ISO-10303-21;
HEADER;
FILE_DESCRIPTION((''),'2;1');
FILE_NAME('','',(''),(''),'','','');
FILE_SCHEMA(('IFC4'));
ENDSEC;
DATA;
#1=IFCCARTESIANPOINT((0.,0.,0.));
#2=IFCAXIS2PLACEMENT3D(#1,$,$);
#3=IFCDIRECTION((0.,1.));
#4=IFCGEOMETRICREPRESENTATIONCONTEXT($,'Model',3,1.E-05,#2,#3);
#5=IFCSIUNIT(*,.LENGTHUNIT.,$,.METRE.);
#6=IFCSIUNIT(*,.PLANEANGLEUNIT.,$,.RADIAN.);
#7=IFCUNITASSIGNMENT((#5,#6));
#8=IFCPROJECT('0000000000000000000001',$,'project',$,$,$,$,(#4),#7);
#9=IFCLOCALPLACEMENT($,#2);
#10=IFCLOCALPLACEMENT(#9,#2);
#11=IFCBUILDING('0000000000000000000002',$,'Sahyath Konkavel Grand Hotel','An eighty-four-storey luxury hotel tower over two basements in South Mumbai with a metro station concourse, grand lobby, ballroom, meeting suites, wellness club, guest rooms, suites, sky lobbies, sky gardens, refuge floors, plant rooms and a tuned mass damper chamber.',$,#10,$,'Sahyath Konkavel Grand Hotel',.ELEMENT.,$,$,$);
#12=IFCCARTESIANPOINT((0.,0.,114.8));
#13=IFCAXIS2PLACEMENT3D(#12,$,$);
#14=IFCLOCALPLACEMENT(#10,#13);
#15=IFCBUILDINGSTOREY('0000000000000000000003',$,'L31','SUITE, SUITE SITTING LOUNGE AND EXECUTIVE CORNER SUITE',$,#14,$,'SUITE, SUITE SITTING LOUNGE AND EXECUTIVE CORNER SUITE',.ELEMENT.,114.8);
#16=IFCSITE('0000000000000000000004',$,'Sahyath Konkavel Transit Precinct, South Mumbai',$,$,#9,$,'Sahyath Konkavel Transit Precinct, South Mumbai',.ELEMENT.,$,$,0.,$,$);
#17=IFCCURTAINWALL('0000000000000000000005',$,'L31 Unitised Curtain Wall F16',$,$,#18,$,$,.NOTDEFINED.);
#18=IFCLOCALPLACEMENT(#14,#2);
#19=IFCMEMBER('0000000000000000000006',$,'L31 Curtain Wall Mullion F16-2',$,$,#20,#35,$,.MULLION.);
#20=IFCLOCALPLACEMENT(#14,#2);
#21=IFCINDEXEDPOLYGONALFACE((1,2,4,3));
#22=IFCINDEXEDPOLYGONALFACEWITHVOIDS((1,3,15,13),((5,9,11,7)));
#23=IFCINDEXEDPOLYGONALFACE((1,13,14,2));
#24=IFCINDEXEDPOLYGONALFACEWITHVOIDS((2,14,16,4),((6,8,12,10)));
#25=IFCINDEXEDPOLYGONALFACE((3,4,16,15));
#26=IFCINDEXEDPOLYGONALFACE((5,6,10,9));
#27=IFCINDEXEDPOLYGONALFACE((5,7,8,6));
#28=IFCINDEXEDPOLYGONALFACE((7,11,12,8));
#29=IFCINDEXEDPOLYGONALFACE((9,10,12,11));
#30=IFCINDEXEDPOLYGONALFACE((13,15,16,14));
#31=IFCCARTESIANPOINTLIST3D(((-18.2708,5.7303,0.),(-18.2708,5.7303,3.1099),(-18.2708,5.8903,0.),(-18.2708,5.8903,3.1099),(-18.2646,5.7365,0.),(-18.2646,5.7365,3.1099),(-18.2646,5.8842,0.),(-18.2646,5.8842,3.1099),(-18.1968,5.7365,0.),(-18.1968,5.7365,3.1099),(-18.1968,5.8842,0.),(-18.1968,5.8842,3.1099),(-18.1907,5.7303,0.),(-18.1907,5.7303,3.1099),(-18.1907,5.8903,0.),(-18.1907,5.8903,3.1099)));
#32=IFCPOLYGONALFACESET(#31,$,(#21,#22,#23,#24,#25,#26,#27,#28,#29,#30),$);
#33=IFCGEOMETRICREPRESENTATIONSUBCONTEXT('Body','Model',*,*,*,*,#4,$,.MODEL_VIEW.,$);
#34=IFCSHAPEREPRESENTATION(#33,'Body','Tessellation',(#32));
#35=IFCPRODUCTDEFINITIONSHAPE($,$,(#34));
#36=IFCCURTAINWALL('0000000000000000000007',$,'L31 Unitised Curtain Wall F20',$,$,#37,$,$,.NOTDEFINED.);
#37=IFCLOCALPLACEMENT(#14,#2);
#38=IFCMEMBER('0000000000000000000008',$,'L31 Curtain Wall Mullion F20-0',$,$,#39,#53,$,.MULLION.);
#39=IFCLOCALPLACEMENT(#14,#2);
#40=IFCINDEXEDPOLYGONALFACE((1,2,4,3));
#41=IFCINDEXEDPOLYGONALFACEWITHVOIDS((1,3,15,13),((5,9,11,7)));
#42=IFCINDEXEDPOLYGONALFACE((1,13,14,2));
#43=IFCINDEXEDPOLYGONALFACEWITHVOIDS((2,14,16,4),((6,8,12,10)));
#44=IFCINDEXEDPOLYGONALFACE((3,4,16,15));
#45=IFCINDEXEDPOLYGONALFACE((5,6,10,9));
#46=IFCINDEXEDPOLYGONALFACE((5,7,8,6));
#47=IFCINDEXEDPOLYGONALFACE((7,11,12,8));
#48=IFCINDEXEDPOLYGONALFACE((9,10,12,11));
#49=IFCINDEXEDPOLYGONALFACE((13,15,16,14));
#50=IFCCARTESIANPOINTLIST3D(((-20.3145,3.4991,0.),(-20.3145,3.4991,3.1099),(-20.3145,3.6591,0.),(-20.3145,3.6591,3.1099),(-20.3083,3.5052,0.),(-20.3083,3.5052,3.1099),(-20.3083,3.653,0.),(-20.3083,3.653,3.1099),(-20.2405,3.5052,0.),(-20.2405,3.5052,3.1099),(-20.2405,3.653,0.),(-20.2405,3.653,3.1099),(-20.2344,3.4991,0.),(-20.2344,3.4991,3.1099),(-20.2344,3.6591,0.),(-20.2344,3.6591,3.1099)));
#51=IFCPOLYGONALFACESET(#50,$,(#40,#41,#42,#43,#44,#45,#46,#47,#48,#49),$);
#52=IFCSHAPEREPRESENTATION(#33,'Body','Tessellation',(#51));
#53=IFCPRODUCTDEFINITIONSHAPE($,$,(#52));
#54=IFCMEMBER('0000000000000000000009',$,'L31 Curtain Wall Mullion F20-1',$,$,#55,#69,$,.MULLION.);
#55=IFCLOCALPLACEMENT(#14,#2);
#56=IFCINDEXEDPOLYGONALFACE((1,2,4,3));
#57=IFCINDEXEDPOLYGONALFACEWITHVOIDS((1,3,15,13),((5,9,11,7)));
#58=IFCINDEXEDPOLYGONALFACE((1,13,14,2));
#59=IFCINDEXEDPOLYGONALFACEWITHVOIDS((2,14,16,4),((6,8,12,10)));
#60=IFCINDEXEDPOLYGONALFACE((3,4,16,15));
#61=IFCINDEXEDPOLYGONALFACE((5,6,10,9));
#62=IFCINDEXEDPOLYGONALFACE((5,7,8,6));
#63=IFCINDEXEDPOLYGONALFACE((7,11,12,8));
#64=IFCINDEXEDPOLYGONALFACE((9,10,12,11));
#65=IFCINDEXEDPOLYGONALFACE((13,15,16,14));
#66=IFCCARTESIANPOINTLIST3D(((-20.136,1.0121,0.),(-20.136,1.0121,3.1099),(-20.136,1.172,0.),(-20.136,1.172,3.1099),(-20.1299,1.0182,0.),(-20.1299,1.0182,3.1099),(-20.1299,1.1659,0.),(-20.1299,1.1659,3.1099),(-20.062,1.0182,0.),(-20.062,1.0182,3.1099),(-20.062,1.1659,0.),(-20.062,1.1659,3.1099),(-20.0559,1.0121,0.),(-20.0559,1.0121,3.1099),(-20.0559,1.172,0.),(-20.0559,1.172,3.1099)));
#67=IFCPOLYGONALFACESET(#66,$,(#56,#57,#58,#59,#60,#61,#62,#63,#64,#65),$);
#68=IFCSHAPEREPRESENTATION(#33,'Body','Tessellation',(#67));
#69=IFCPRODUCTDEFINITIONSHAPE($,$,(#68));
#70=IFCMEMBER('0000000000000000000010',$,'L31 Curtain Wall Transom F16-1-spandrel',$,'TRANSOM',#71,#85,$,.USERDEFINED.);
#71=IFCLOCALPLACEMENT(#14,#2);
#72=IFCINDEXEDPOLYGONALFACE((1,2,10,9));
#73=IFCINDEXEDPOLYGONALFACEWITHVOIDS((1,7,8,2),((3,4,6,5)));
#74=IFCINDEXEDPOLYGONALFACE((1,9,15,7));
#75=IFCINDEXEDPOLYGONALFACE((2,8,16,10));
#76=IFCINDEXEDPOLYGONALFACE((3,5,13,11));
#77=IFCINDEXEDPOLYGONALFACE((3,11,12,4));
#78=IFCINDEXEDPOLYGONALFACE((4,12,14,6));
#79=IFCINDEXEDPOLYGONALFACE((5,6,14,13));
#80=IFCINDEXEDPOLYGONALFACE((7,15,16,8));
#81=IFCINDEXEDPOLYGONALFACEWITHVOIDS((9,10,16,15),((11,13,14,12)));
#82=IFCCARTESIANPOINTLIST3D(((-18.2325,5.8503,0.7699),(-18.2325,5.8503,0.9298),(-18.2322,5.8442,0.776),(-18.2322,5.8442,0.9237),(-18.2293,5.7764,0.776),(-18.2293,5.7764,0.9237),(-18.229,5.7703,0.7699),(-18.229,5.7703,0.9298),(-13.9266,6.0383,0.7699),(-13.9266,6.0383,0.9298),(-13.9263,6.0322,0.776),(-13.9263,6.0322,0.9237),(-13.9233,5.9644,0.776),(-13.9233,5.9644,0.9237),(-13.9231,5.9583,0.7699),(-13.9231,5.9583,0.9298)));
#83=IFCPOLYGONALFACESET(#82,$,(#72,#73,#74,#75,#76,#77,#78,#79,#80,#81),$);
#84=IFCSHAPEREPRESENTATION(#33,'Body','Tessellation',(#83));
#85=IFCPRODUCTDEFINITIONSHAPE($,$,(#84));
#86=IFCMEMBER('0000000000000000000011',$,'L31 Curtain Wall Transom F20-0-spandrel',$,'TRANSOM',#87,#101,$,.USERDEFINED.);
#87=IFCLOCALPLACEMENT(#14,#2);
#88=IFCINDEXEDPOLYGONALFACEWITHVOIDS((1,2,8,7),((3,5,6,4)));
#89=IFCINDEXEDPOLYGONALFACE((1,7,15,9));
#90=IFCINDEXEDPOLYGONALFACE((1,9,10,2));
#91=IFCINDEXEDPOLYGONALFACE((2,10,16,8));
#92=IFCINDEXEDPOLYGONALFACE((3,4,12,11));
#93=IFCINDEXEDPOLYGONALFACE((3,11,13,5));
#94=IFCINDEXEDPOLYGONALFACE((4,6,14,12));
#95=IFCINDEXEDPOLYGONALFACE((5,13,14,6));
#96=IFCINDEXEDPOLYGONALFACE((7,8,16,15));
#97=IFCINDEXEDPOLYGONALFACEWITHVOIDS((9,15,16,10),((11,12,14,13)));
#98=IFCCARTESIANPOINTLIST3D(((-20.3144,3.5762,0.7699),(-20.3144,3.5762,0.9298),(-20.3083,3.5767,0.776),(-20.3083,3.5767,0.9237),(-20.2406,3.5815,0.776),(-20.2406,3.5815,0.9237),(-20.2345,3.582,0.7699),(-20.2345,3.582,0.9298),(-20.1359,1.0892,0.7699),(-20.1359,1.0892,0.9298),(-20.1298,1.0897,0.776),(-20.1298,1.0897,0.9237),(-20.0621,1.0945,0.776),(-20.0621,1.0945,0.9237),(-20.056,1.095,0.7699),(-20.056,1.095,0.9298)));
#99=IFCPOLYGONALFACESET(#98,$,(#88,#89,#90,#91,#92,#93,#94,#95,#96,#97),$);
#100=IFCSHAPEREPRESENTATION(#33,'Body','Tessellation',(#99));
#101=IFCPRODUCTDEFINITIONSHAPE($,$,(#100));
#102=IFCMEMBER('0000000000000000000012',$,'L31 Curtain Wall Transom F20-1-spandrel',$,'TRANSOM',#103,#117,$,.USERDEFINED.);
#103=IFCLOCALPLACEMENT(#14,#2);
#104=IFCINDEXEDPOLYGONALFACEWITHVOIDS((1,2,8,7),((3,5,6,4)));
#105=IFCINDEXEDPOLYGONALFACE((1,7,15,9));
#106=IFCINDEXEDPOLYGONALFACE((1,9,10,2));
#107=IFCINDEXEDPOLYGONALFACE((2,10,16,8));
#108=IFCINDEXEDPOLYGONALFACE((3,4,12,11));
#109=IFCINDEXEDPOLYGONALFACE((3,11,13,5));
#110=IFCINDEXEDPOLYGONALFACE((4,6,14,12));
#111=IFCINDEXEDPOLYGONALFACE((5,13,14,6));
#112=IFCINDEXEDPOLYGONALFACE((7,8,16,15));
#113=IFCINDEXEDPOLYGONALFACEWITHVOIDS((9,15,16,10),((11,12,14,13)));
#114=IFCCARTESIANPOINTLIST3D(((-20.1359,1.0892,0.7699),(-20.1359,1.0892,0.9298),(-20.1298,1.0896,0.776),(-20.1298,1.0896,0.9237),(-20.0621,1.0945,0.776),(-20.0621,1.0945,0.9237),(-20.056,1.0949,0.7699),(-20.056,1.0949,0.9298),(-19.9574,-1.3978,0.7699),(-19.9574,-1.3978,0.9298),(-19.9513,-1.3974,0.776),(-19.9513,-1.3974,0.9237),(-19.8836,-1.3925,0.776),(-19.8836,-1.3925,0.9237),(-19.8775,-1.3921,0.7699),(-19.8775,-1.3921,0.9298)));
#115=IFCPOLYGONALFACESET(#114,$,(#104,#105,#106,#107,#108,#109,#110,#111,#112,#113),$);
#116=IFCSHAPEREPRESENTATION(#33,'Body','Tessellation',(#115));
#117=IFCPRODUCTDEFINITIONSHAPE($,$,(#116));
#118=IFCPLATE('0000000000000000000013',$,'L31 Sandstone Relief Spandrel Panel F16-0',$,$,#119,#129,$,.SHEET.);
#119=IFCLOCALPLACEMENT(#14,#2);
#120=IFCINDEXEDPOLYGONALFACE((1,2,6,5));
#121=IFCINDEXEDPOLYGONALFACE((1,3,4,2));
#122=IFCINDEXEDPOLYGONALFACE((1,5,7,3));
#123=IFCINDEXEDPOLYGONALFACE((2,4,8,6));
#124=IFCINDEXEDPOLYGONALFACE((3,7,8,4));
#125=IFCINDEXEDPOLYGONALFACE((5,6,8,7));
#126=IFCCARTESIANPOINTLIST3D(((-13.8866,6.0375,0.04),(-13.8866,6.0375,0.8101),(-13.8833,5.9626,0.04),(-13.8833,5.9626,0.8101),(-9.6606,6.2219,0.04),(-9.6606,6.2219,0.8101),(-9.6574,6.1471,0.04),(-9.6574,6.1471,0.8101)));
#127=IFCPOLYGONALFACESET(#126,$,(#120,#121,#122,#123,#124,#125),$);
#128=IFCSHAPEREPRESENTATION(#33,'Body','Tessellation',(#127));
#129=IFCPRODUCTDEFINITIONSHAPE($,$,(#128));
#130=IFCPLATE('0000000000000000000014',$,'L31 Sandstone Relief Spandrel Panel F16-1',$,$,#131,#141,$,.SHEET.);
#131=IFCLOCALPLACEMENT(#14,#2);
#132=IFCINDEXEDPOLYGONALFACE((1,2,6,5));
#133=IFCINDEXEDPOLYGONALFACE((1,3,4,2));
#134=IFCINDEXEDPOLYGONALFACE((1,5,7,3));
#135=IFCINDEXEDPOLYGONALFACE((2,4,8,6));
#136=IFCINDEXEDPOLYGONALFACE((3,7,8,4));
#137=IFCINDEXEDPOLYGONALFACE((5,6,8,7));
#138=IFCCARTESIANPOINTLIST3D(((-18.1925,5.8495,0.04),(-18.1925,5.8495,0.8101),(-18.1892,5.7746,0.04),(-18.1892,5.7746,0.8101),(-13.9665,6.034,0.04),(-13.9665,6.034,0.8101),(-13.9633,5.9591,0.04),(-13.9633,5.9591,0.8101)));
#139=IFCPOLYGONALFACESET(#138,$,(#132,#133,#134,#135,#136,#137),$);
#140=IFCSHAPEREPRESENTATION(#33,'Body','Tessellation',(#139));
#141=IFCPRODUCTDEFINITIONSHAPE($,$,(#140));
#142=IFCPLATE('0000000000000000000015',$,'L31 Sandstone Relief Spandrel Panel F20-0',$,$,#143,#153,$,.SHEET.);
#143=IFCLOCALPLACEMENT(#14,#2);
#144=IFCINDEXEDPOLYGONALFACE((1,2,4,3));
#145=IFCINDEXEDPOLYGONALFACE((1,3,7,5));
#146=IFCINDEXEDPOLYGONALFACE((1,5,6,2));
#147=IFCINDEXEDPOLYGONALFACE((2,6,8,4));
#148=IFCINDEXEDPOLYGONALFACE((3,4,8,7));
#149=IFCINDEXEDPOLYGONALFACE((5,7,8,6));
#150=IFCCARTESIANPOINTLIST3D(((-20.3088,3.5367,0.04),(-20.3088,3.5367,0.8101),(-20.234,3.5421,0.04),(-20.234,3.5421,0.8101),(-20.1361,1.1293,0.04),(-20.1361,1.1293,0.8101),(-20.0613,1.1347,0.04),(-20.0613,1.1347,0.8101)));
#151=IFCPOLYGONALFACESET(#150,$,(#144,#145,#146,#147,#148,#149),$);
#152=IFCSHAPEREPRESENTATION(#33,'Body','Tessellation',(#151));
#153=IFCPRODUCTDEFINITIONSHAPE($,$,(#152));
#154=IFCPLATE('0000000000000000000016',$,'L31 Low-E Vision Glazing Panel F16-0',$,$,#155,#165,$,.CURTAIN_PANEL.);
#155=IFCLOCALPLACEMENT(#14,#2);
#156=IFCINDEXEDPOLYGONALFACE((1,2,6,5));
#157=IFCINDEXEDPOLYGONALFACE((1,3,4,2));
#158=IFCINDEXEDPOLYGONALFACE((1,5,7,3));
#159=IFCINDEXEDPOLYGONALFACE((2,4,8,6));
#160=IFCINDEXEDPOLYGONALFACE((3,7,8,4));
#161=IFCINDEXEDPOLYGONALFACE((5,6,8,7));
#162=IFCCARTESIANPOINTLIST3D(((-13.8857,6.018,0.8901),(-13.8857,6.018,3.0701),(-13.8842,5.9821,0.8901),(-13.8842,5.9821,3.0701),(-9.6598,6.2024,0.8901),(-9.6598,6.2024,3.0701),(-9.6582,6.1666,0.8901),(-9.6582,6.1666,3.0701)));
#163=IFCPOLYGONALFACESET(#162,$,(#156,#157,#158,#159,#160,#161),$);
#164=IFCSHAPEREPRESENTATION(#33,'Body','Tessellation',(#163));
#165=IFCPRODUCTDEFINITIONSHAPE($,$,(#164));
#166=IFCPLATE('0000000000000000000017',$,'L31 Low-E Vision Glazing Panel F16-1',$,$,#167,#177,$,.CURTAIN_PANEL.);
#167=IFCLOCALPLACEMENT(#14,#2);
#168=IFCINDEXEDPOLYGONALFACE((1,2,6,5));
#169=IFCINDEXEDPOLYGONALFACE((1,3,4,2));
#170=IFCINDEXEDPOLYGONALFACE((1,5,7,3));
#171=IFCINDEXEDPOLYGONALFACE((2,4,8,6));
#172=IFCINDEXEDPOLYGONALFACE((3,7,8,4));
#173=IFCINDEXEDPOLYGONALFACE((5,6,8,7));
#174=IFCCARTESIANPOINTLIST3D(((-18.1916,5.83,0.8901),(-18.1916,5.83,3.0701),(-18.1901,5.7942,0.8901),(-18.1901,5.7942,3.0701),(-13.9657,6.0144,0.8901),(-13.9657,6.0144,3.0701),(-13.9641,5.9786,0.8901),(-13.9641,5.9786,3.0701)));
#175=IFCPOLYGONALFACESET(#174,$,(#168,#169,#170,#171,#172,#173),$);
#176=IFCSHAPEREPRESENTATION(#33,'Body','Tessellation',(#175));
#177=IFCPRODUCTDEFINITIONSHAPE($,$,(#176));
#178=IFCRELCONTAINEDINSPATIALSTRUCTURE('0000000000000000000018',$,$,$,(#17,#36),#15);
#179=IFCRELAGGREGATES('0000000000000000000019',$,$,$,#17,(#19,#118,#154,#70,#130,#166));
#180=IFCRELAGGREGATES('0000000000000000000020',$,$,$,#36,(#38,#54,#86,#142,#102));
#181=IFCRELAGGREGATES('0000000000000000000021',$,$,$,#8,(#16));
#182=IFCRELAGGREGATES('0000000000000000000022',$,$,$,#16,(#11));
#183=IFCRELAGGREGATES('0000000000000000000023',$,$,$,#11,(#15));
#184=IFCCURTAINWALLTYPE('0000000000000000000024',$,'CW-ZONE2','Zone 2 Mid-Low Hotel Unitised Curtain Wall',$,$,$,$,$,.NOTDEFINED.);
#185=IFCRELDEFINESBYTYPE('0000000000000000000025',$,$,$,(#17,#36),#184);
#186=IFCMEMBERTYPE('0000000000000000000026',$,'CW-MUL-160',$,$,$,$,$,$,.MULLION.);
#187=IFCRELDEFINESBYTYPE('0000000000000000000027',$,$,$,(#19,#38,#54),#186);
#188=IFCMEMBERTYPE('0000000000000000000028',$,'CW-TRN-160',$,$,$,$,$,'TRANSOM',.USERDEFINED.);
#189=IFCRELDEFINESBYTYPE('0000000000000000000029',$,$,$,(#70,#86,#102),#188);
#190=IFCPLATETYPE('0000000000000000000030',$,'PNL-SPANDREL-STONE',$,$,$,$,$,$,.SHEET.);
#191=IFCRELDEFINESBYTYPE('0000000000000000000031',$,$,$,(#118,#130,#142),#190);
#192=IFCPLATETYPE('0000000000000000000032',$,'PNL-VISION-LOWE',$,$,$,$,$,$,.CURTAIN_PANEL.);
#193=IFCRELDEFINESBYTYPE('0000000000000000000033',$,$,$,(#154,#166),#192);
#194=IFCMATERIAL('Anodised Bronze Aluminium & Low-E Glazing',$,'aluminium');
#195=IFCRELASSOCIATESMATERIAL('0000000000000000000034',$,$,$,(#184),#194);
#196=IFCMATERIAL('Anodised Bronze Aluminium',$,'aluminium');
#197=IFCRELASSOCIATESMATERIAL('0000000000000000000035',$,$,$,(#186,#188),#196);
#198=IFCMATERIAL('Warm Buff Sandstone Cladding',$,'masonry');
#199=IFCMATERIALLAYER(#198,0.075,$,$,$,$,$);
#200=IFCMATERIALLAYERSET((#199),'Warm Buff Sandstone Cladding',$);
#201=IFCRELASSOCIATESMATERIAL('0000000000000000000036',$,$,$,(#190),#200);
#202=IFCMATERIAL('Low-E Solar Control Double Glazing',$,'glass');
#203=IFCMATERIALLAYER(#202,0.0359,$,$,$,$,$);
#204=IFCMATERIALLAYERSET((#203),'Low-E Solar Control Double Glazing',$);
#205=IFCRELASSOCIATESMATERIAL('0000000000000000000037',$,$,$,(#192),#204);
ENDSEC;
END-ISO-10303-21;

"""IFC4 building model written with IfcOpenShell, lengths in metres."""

from ifc_helpers import new_model, si_unit, direction, frame, origin, origin_2d, place, context, subcontext, project, spatial, rectangle, hollow_rectangle, extrude, source, transform, mapped, material, layer, layer_set, material_profile, profile_set, type_object, element, aggregate, save


model = new_model("IFC4")

# Units and contexts
model_context = context("Model", 3, precision=1e-05, world=origin(), true_north=direction((0.0, 1.0)))
body_context = subcontext(model_context, "Body", "Model", "MODEL_VIEW")
ifc_project = project(units=[si_unit("LENGTHUNIT", "METRE"), si_unit("PLANEANGLEUNIT", "RADIAN")], contexts=[model_context])

# Site, building, storey
site_placement = place(None, origin())
site = spatial("IfcSite", under=ifc_project, at=site_placement, Name="Sahyath Konkavel Transit Precinct, South Mumbai", LongName="Sahyath Konkavel Transit Precinct, South Mumbai", CompositionType="ELEMENT", RefElevation=0.0)
building_placement = place(site_placement, origin())
building = spatial("IfcBuilding", under=site, at=building_placement, Name="Sahyath Konkavel Grand Hotel", Description="An eighty-four-storey luxury hotel tower over two basements in South Mumbai with a metro station concourse, grand lobby, ballroom, meeting suites, wellness club, guest rooms, suites, sky lobbies, sky gardens, refuge floors, plant rooms and a tuned mass damper chamber.", LongName="Sahyath Konkavel Grand Hotel", CompositionType="ELEMENT")
storey_placement = place(building_placement, frame((0.0, 0.0, 114.8)))
storey = spatial("IfcBuildingStorey", under=building, at=storey_placement, Name="L31", Description="SUITE, SUITE SITTING LOUNGE AND EXECUTIVE CORNER SUITE", LongName="SUITE, SUITE SITTING LOUNGE AND EXECUTIVE CORNER SUITE", CompositionType="ELEMENT", Elevation=114.8)

# Curtain walls, members
ifc_material_1 = material(Name="Anodised Bronze Aluminium & Low-E Glazing", Category="aluminium")
curtain_wall_type = type_object("IfcCurtainWallType", Name="CW-ZONE2", Description="Zone 2 Mid-Low Hotel Unitised Curtain Wall", PredefinedType="NOTDEFINED", material=ifc_material_1)
curtain_wall_1_placement = place(storey_placement, origin())
curtain_wall_1 = element("IfcCurtainWall", 1, at=curtain_wall_1_placement, inside=storey, type_object=curtain_wall_type, Name="L31 Unitised Curtain Wall F16", PredefinedType="NOTDEFINED")
ifc_material_2 = material(Name="Anodised Bronze Aluminium", Category="aluminium")
ifc_material_profile_1 = material_profile(ifc_material_2, hollow_rectangle(XDim=0.0801, YDim=0.1599, WallThickness=0.0061, at=origin_2d()), Name="RHS 160x80x6")
ifc_profile_set_1 = profile_set([ifc_material_profile_1], Name="Anodised Bronze Aluminium")
member_type_1 = type_object("IfcMemberType", Name="CW-MUL-160", PredefinedType="MULLION", material=ifc_profile_set_1)
shared_shape_1 = source(origin(), body_context, "Body", "SweptSolid", [
    extrude(hollow_rectangle(XDim=0.0801, YDim=0.1599, WallThickness=0.0061, at=origin_2d()), origin(), (0.0, 0.0, 1.0), 3.1099),
])
member_1_placement = place(storey_placement, frame((-18.2307, 5.8103, 0.0), z_axis=(0.0, 0.0, 1.0), x_axis=(1.0, 0.0, 0.0)))
member_1 = element("IfcMember", 2, at=member_1_placement, type_object=member_type_1, Name="L31 Curtain Wall Mullion F16-2", PredefinedType="MULLION", context=body_context, shape_type="MappedRepresentation", body=[
    mapped(shared_shape_1, transform((0.0, 0.0, 0.0), scale=1.0)),
])
curtain_wall_2_placement = place(storey_placement, origin())
curtain_wall_2 = element("IfcCurtainWall", 3, at=curtain_wall_2_placement, inside=storey, type_object=curtain_wall_type, Name="L31 Unitised Curtain Wall F20", PredefinedType="NOTDEFINED")
member_2_placement = place(storey_placement, frame((-20.2744, 3.5791, 0.0), z_axis=(0.0, 0.0, 1.0), x_axis=(1.0, 0.0, 0.0)))
member_2 = element("IfcMember", 4, at=member_2_placement, type_object=member_type_1, Name="L31 Curtain Wall Mullion F20-0", PredefinedType="MULLION", context=body_context, shape_type="MappedRepresentation", body=[
    mapped(shared_shape_1, transform((0.0, 0.0, 0.0), scale=1.0)),
])
member_3_placement = place(storey_placement, frame((-20.0959, 1.092, 0.0), z_axis=(0.0, 0.0, 1.0), x_axis=(1.0, 0.0, 0.0)))
member_3 = element("IfcMember", 5, at=member_3_placement, type_object=member_type_1, Name="L31 Curtain Wall Mullion F20-1", PredefinedType="MULLION", context=body_context, shape_type="MappedRepresentation", body=[
    mapped(shared_shape_1, transform((0.0, 0.0, 0.0), scale=1.0)),
])

# Members
ifc_material_profile_2 = material_profile(ifc_material_2, hollow_rectangle(XDim=0.0801, YDim=0.1599, WallThickness=0.0061, at=origin_2d()), Name="RHS 160x80x6")
ifc_profile_set_2 = profile_set([ifc_material_profile_2], Name="Anodised Bronze Aluminium")
member_type_2 = type_object("IfcMemberType", Name="CW-TRN-160", ElementType="TRANSOM", PredefinedType="USERDEFINED", material=ifc_profile_set_2)
shared_shape_2 = source(origin(), body_context, "Body", "SweptSolid", [
    extrude(hollow_rectangle(XDim=0.0801, YDim=0.1599, WallThickness=0.0061, at=origin_2d()), origin(), (0.0, 0.0, 1.0), 4.3101),
])
member_4_placement = place(storey_placement, frame((-13.9248, 5.9983, 0.8499), z_axis=(-0.999048, -0.043617, 0.0), x_axis=(0.043617, -0.999048, 0.0)))
member_4 = element("IfcMember", 6, at=member_4_placement, type_object=member_type_2, Name="L31 Curtain Wall Transom F16-1-spandrel", ObjectType="TRANSOM", PredefinedType="USERDEFINED", context=body_context, shape_type="MappedRepresentation", body=[
    mapped(shared_shape_2, transform((0.0, 0.0, 0.0), scale=1.0)),
])
shared_shape_3 = source(origin(), body_context, "Body", "SweptSolid", [
    extrude(hollow_rectangle(XDim=0.0801, YDim=0.1599, WallThickness=0.0061, at=origin_2d()), origin(), (0.0, 0.0, 1.0), 2.4934),
])
member_5_placement = place(storey_placement, frame((-20.2744, 3.5791, 0.8499), z_axis=(0.071574, -0.997435, 0.0), x_axis=(0.997435, 0.071574, 0.0)))
member_5 = element("IfcMember", 7, at=member_5_placement, type_object=member_type_2, Name="L31 Curtain Wall Transom F20-0-spandrel", ObjectType="TRANSOM", PredefinedType="USERDEFINED", context=body_context, shape_type="MappedRepresentation", body=[
    mapped(shared_shape_3, transform((0.0, 0.0, 0.0), scale=1.0)),
])
member_6_placement = place(storey_placement, frame((-20.0959, 1.092, 0.8499), z_axis=(0.071574, -0.997435, 0.0), x_axis=(0.997435, 0.071574, 0.0)))
member_6 = element("IfcMember", 8, at=member_6_placement, type_object=member_type_2, Name="L31 Curtain Wall Transom F20-1-spandrel", ObjectType="TRANSOM", PredefinedType="USERDEFINED", context=body_context, shape_type="MappedRepresentation", body=[
    mapped(shared_shape_3, transform((0.0, 0.0, 0.0), scale=1.0)),
])

# Plates
ifc_material_3 = material(Name="Warm Buff Sandstone Cladding", Category="masonry")
ifc_layer_1 = layer(ifc_material_3, 0.075)
ifc_layer_set_1 = layer_set([ifc_layer_1], Name="Warm Buff Sandstone Cladding")
plate_type_1 = type_object("IfcPlateType", Name="PNL-SPANDREL-STONE", PredefinedType="SHEET", material=ifc_layer_set_1)
shared_shape_4 = source(origin(), body_context, "Body", "SweptSolid", [
    extrude(rectangle(XDim=4.23, YDim=0.075, at=origin_2d()), origin(), (0.0, 0.0, 1.0), 0.77),
])
plate_1_placement = place(storey_placement, frame((-11.772, 6.0923, 0.04), z_axis=(0.0, 0.0, 1.0), x_axis=(-0.999049, -0.043602, 0.0)))
plate_1 = element("IfcPlate", 9, at=plate_1_placement, type_object=plate_type_1, Name="L31 Sandstone Relief Spandrel Panel F16-0", PredefinedType="SHEET", context=body_context, shape_type="MappedRepresentation", body=[
    mapped(shared_shape_4, transform((0.0, 0.0, 0.0), scale=1.0)),
])
plate_2_placement = place(storey_placement, frame((-16.0779, 5.9043, 0.04), z_axis=(0.0, 0.0, 1.0), x_axis=(-0.999049, -0.043602, 0.0)))
plate_2 = element("IfcPlate", 10, at=plate_2_placement, type_object=plate_type_1, Name="L31 Sandstone Relief Spandrel Panel F16-1", PredefinedType="SHEET", context=body_context, shape_type="MappedRepresentation", body=[
    mapped(shared_shape_4, transform((0.0, 0.0, 0.0), scale=1.0)),
])
shared_shape_5 = source(origin(), body_context, "Body", "SweptSolid", [
    extrude(rectangle(XDim=2.4136, YDim=0.075, at=origin_2d()), origin(), (0.0, 0.0, 1.0), 0.77),
])
plate_3_placement = place(storey_placement, frame((-20.1851, 2.3357, 0.04), z_axis=(0.0, 0.0, 1.0), x_axis=(0.071567, -0.997436, 0.0)))
plate_3 = element("IfcPlate", 11, at=plate_3_placement, type_object=plate_type_1, Name="L31 Sandstone Relief Spandrel Panel F20-0", PredefinedType="SHEET", context=body_context, shape_type="MappedRepresentation", body=[
    mapped(shared_shape_5, transform((0.0, 0.0, 0.0), scale=1.0)),
])
ifc_material_4 = material(Name="Low-E Solar Control Double Glazing", Category="glass")
ifc_layer_2 = layer(ifc_material_4, 0.0359)
ifc_layer_set_2 = layer_set([ifc_layer_2], Name="Low-E Solar Control Double Glazing")
plate_type_2 = type_object("IfcPlateType", Name="PNL-VISION-LOWE", PredefinedType="CURTAIN_PANEL", material=ifc_layer_set_2)
shared_shape_6 = source(origin(), body_context, "Body", "SweptSolid", [
    extrude(rectangle(XDim=4.23, YDim=0.0359, at=origin_2d()), origin(), (0.0, 0.0, 1.0), 2.1799),
])
plate_4_placement = place(storey_placement, frame((-11.772, 6.0923, 0.8901), z_axis=(0.0, 0.0, 1.0), x_axis=(-0.999049, -0.043602, 0.0)))
plate_4 = element("IfcPlate", 12, at=plate_4_placement, type_object=plate_type_2, Name="L31 Low-E Vision Glazing Panel F16-0", PredefinedType="CURTAIN_PANEL", context=body_context, shape_type="MappedRepresentation", body=[
    mapped(shared_shape_6, transform((0.0, 0.0, 0.0), scale=1.0)),
])
plate_5_placement = place(storey_placement, frame((-16.0779, 5.9043, 0.8901), z_axis=(0.0, 0.0, 1.0), x_axis=(-0.999049, -0.043602, 0.0)))
plate_5 = element("IfcPlate", 13, at=plate_5_placement, type_object=plate_type_2, Name="L31 Low-E Vision Glazing Panel F16-1", PredefinedType="CURTAIN_PANEL", context=body_context, shape_type="MappedRepresentation", body=[
    mapped(shared_shape_6, transform((0.0, 0.0, 0.0), scale=1.0)),
])
aggregate(curtain_wall_1, [member_1, plate_1, plate_4, member_4, plate_2, plate_5])
aggregate(curtain_wall_2, [member_2, member_3, member_5, plate_3, member_6])

save(model, "model.ifc")
